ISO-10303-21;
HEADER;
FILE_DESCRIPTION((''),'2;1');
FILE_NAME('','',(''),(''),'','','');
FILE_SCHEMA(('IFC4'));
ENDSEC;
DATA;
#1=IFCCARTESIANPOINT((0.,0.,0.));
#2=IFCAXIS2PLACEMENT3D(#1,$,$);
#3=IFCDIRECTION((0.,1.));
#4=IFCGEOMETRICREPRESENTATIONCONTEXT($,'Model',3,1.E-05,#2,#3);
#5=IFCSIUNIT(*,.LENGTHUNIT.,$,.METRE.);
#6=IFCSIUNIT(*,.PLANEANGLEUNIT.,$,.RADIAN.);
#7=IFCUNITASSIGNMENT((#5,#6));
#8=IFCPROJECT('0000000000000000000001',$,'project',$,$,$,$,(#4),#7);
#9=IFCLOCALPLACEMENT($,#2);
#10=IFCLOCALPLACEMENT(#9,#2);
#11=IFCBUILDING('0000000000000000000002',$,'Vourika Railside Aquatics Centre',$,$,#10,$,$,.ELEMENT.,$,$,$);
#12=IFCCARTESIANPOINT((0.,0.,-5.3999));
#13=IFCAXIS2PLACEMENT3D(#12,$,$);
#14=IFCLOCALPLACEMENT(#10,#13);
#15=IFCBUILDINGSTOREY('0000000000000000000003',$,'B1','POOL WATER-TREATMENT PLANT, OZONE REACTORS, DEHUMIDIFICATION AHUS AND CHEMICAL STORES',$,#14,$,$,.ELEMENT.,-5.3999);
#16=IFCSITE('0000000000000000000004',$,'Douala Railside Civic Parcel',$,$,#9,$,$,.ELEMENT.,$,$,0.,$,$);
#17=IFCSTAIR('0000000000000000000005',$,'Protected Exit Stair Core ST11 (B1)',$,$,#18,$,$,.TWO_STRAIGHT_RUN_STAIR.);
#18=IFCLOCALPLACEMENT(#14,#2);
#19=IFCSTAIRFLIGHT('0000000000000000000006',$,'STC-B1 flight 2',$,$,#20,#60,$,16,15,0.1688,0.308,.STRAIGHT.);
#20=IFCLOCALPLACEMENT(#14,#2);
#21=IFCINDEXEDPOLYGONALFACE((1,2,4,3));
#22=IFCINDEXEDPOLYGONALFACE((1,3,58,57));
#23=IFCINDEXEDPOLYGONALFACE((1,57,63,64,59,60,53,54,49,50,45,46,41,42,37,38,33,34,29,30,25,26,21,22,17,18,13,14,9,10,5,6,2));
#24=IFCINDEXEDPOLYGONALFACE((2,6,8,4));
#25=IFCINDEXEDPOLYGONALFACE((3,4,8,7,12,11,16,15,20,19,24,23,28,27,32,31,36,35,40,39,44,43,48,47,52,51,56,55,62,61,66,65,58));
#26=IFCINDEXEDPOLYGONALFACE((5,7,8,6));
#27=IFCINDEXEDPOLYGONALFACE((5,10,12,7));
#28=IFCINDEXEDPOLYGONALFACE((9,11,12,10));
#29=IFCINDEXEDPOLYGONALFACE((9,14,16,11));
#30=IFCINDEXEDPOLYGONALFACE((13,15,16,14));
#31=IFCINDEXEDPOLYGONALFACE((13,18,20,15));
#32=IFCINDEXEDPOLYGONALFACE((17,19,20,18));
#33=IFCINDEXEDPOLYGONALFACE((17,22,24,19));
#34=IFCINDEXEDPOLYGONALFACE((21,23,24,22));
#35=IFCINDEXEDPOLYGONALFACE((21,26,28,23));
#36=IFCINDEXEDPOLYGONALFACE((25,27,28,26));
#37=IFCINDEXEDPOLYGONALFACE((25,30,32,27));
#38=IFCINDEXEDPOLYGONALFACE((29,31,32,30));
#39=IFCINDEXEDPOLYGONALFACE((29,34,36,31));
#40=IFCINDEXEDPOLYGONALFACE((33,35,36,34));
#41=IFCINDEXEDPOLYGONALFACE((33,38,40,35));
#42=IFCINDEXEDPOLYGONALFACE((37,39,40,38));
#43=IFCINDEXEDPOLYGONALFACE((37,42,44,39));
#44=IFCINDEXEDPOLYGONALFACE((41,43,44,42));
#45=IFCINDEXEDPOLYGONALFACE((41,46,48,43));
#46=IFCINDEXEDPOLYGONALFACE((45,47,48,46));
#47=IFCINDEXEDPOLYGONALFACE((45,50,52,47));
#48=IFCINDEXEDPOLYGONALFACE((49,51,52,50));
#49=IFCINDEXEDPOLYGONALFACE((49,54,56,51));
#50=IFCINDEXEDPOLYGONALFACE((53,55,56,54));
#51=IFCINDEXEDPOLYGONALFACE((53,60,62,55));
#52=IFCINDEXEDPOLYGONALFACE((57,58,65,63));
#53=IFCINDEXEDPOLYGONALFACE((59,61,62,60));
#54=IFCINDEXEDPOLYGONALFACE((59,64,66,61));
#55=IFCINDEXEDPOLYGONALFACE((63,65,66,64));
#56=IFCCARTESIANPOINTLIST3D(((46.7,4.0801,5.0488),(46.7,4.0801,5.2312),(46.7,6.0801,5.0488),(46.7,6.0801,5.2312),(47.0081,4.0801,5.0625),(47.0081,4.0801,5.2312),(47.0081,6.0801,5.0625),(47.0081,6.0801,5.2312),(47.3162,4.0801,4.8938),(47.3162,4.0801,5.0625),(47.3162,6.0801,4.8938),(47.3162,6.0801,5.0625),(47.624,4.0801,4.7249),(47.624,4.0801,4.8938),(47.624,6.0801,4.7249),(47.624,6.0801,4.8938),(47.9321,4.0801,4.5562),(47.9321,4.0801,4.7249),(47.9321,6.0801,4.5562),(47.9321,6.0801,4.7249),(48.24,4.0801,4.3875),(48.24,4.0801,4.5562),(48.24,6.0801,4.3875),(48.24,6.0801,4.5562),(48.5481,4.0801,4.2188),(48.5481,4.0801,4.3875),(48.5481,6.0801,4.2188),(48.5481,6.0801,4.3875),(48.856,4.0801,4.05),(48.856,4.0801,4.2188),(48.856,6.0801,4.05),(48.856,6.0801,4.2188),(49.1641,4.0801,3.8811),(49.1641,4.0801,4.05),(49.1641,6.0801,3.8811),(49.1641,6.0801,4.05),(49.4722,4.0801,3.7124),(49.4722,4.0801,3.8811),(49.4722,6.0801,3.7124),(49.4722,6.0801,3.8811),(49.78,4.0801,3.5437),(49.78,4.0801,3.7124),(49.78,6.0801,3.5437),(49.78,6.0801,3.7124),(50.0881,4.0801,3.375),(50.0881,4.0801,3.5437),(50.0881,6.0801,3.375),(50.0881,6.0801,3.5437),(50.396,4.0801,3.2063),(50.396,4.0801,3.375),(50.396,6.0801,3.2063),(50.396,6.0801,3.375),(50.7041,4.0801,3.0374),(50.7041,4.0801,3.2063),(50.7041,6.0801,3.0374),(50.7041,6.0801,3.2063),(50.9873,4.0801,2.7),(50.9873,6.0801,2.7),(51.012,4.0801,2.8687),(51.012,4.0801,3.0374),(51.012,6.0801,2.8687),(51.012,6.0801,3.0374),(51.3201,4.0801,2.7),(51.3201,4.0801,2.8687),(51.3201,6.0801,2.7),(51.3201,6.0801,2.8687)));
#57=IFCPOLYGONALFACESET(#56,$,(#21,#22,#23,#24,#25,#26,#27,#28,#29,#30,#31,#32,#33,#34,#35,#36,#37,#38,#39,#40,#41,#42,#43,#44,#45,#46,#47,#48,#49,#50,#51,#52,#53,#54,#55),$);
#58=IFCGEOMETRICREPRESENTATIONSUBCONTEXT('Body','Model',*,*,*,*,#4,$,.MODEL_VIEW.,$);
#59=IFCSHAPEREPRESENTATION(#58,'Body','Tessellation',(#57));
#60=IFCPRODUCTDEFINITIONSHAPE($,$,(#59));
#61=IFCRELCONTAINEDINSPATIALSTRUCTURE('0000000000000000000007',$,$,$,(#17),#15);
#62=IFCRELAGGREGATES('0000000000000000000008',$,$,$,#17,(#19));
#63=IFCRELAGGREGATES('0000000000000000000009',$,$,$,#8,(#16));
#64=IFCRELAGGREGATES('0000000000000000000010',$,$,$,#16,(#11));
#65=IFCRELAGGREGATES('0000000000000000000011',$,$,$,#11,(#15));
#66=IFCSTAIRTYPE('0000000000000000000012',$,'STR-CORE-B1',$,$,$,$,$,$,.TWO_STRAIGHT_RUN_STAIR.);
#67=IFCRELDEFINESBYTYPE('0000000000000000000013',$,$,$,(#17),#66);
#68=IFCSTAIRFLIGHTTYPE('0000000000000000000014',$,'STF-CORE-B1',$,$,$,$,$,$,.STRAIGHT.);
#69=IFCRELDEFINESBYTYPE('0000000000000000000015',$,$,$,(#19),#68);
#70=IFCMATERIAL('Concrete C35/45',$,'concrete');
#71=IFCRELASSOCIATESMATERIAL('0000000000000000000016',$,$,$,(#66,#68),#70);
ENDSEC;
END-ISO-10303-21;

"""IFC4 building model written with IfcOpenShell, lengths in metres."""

from ifc_helpers import new_model, si_unit, direction, frame, origin, place, context, subcontext, project, spatial, polyline, outline, extrude, material, type_object, element, aggregate, save


model = new_model("IFC4")

# Units and contexts
model_context = context("Model", 3, precision=1e-05, world=origin(), true_north=direction((0.0, 1.0)))
body_context = subcontext(model_context, "Body", "Model", "MODEL_VIEW")
ifc_project = project(units=[si_unit("LENGTHUNIT", "METRE"), si_unit("PLANEANGLEUNIT", "RADIAN")], contexts=[model_context])

# Site, building, storey
site_placement = place(None, origin())
site = spatial("IfcSite", under=ifc_project, at=site_placement, Name="Douala Railside Civic Parcel", CompositionType="ELEMENT", RefElevation=0.0)
building_placement = place(site_placement, origin())
building = spatial("IfcBuilding", under=site, at=building_placement, Name="Vourika Railside Aquatics Centre", CompositionType="ELEMENT")
storey_placement = place(building_placement, frame((0.0, 0.0, -5.3999)))
storey = spatial("IfcBuildingStorey", under=building, at=storey_placement, Name="B1", Description="POOL WATER-TREATMENT PLANT, OZONE REACTORS, DEHUMIDIFICATION AHUS AND CHEMICAL STORES", CompositionType="ELEMENT", Elevation=-5.3999)

# Shared definitions
ifc_material_1 = material(Name="Concrete C35/45", Category="concrete")

# Stair, stair flight
stair_type = type_object("IfcStairType", Name="STR-CORE-B1", PredefinedType="TWO_STRAIGHT_RUN_STAIR", material=ifc_material_1)
stair_placement = place(storey_placement, origin())
stair = element("IfcStair", 1, at=stair_placement, inside=storey, type_object=stair_type, Name="Protected Exit Stair Core ST11 (B1)", PredefinedType="TWO_STRAIGHT_RUN_STAIR")
stair_flight_type = type_object("IfcStairFlightType", Name="STF-CORE-B1", PredefinedType="STRAIGHT", material=ifc_material_1)
stair_flight_1_placement = place(storey_placement, frame((51.3201, 5.0801, 2.7), z_axis=(0.0, 0.0, 1.0), x_axis=(-1.0, 0.0, 0.0)))
stair_flight_1 = element("IfcStairFlight", 2, at=stair_flight_1_placement, type_object=stair_flight_type, Name="STC-B1 flight 2", NumberOfRisers=16, NumberOfTreads=15, PredefinedType="STRAIGHT", RiserHeight=0.1688, TreadLength=0.308, context=body_context, shape_type="SweptSolid", body=[
    extrude(outline(polyline([(0.0, 0.0), (0.0, 0.1687), (0.3081, 0.1687), (0.3081, 0.3374), (0.616, 0.3374), (0.616, 0.5063), (0.9241, 0.5063), (0.9241, 0.675), (1.2319, 0.675), (1.2319, 0.8438), (1.54, 0.8438), (1.54, 1.0125), (1.8479, 1.0125), (1.8479, 1.1812), (2.156, 1.1812), (2.156, 1.3501), (2.4641, 1.3501), (2.4641, 1.5188), (2.772, 1.5188), (2.772, 1.6875), (3.0801, 1.6875), (3.0801, 1.8562), (3.3879, 1.8562), (3.3879, 2.0249), (3.696, 2.0249), (3.696, 2.1938), (4.0039, 2.1938), (4.0039, 2.3625), (4.312, 2.3625), (4.312, 2.5312), (4.6201, 2.5312), (4.6201, 2.7), (4.6201, 2.3489), (0.3328, 0.0), (0.0, 0.0)])), frame((0.0, 1.0, 0.0), z_axis=(0.0, -1.0, 0.0), x_axis=(1.0, 0.0, 0.0)), (0.0, 0.0, 1.0), 2.0),
])
aggregate(stair, [stair_flight_1])

save(model, "model.ifc")
